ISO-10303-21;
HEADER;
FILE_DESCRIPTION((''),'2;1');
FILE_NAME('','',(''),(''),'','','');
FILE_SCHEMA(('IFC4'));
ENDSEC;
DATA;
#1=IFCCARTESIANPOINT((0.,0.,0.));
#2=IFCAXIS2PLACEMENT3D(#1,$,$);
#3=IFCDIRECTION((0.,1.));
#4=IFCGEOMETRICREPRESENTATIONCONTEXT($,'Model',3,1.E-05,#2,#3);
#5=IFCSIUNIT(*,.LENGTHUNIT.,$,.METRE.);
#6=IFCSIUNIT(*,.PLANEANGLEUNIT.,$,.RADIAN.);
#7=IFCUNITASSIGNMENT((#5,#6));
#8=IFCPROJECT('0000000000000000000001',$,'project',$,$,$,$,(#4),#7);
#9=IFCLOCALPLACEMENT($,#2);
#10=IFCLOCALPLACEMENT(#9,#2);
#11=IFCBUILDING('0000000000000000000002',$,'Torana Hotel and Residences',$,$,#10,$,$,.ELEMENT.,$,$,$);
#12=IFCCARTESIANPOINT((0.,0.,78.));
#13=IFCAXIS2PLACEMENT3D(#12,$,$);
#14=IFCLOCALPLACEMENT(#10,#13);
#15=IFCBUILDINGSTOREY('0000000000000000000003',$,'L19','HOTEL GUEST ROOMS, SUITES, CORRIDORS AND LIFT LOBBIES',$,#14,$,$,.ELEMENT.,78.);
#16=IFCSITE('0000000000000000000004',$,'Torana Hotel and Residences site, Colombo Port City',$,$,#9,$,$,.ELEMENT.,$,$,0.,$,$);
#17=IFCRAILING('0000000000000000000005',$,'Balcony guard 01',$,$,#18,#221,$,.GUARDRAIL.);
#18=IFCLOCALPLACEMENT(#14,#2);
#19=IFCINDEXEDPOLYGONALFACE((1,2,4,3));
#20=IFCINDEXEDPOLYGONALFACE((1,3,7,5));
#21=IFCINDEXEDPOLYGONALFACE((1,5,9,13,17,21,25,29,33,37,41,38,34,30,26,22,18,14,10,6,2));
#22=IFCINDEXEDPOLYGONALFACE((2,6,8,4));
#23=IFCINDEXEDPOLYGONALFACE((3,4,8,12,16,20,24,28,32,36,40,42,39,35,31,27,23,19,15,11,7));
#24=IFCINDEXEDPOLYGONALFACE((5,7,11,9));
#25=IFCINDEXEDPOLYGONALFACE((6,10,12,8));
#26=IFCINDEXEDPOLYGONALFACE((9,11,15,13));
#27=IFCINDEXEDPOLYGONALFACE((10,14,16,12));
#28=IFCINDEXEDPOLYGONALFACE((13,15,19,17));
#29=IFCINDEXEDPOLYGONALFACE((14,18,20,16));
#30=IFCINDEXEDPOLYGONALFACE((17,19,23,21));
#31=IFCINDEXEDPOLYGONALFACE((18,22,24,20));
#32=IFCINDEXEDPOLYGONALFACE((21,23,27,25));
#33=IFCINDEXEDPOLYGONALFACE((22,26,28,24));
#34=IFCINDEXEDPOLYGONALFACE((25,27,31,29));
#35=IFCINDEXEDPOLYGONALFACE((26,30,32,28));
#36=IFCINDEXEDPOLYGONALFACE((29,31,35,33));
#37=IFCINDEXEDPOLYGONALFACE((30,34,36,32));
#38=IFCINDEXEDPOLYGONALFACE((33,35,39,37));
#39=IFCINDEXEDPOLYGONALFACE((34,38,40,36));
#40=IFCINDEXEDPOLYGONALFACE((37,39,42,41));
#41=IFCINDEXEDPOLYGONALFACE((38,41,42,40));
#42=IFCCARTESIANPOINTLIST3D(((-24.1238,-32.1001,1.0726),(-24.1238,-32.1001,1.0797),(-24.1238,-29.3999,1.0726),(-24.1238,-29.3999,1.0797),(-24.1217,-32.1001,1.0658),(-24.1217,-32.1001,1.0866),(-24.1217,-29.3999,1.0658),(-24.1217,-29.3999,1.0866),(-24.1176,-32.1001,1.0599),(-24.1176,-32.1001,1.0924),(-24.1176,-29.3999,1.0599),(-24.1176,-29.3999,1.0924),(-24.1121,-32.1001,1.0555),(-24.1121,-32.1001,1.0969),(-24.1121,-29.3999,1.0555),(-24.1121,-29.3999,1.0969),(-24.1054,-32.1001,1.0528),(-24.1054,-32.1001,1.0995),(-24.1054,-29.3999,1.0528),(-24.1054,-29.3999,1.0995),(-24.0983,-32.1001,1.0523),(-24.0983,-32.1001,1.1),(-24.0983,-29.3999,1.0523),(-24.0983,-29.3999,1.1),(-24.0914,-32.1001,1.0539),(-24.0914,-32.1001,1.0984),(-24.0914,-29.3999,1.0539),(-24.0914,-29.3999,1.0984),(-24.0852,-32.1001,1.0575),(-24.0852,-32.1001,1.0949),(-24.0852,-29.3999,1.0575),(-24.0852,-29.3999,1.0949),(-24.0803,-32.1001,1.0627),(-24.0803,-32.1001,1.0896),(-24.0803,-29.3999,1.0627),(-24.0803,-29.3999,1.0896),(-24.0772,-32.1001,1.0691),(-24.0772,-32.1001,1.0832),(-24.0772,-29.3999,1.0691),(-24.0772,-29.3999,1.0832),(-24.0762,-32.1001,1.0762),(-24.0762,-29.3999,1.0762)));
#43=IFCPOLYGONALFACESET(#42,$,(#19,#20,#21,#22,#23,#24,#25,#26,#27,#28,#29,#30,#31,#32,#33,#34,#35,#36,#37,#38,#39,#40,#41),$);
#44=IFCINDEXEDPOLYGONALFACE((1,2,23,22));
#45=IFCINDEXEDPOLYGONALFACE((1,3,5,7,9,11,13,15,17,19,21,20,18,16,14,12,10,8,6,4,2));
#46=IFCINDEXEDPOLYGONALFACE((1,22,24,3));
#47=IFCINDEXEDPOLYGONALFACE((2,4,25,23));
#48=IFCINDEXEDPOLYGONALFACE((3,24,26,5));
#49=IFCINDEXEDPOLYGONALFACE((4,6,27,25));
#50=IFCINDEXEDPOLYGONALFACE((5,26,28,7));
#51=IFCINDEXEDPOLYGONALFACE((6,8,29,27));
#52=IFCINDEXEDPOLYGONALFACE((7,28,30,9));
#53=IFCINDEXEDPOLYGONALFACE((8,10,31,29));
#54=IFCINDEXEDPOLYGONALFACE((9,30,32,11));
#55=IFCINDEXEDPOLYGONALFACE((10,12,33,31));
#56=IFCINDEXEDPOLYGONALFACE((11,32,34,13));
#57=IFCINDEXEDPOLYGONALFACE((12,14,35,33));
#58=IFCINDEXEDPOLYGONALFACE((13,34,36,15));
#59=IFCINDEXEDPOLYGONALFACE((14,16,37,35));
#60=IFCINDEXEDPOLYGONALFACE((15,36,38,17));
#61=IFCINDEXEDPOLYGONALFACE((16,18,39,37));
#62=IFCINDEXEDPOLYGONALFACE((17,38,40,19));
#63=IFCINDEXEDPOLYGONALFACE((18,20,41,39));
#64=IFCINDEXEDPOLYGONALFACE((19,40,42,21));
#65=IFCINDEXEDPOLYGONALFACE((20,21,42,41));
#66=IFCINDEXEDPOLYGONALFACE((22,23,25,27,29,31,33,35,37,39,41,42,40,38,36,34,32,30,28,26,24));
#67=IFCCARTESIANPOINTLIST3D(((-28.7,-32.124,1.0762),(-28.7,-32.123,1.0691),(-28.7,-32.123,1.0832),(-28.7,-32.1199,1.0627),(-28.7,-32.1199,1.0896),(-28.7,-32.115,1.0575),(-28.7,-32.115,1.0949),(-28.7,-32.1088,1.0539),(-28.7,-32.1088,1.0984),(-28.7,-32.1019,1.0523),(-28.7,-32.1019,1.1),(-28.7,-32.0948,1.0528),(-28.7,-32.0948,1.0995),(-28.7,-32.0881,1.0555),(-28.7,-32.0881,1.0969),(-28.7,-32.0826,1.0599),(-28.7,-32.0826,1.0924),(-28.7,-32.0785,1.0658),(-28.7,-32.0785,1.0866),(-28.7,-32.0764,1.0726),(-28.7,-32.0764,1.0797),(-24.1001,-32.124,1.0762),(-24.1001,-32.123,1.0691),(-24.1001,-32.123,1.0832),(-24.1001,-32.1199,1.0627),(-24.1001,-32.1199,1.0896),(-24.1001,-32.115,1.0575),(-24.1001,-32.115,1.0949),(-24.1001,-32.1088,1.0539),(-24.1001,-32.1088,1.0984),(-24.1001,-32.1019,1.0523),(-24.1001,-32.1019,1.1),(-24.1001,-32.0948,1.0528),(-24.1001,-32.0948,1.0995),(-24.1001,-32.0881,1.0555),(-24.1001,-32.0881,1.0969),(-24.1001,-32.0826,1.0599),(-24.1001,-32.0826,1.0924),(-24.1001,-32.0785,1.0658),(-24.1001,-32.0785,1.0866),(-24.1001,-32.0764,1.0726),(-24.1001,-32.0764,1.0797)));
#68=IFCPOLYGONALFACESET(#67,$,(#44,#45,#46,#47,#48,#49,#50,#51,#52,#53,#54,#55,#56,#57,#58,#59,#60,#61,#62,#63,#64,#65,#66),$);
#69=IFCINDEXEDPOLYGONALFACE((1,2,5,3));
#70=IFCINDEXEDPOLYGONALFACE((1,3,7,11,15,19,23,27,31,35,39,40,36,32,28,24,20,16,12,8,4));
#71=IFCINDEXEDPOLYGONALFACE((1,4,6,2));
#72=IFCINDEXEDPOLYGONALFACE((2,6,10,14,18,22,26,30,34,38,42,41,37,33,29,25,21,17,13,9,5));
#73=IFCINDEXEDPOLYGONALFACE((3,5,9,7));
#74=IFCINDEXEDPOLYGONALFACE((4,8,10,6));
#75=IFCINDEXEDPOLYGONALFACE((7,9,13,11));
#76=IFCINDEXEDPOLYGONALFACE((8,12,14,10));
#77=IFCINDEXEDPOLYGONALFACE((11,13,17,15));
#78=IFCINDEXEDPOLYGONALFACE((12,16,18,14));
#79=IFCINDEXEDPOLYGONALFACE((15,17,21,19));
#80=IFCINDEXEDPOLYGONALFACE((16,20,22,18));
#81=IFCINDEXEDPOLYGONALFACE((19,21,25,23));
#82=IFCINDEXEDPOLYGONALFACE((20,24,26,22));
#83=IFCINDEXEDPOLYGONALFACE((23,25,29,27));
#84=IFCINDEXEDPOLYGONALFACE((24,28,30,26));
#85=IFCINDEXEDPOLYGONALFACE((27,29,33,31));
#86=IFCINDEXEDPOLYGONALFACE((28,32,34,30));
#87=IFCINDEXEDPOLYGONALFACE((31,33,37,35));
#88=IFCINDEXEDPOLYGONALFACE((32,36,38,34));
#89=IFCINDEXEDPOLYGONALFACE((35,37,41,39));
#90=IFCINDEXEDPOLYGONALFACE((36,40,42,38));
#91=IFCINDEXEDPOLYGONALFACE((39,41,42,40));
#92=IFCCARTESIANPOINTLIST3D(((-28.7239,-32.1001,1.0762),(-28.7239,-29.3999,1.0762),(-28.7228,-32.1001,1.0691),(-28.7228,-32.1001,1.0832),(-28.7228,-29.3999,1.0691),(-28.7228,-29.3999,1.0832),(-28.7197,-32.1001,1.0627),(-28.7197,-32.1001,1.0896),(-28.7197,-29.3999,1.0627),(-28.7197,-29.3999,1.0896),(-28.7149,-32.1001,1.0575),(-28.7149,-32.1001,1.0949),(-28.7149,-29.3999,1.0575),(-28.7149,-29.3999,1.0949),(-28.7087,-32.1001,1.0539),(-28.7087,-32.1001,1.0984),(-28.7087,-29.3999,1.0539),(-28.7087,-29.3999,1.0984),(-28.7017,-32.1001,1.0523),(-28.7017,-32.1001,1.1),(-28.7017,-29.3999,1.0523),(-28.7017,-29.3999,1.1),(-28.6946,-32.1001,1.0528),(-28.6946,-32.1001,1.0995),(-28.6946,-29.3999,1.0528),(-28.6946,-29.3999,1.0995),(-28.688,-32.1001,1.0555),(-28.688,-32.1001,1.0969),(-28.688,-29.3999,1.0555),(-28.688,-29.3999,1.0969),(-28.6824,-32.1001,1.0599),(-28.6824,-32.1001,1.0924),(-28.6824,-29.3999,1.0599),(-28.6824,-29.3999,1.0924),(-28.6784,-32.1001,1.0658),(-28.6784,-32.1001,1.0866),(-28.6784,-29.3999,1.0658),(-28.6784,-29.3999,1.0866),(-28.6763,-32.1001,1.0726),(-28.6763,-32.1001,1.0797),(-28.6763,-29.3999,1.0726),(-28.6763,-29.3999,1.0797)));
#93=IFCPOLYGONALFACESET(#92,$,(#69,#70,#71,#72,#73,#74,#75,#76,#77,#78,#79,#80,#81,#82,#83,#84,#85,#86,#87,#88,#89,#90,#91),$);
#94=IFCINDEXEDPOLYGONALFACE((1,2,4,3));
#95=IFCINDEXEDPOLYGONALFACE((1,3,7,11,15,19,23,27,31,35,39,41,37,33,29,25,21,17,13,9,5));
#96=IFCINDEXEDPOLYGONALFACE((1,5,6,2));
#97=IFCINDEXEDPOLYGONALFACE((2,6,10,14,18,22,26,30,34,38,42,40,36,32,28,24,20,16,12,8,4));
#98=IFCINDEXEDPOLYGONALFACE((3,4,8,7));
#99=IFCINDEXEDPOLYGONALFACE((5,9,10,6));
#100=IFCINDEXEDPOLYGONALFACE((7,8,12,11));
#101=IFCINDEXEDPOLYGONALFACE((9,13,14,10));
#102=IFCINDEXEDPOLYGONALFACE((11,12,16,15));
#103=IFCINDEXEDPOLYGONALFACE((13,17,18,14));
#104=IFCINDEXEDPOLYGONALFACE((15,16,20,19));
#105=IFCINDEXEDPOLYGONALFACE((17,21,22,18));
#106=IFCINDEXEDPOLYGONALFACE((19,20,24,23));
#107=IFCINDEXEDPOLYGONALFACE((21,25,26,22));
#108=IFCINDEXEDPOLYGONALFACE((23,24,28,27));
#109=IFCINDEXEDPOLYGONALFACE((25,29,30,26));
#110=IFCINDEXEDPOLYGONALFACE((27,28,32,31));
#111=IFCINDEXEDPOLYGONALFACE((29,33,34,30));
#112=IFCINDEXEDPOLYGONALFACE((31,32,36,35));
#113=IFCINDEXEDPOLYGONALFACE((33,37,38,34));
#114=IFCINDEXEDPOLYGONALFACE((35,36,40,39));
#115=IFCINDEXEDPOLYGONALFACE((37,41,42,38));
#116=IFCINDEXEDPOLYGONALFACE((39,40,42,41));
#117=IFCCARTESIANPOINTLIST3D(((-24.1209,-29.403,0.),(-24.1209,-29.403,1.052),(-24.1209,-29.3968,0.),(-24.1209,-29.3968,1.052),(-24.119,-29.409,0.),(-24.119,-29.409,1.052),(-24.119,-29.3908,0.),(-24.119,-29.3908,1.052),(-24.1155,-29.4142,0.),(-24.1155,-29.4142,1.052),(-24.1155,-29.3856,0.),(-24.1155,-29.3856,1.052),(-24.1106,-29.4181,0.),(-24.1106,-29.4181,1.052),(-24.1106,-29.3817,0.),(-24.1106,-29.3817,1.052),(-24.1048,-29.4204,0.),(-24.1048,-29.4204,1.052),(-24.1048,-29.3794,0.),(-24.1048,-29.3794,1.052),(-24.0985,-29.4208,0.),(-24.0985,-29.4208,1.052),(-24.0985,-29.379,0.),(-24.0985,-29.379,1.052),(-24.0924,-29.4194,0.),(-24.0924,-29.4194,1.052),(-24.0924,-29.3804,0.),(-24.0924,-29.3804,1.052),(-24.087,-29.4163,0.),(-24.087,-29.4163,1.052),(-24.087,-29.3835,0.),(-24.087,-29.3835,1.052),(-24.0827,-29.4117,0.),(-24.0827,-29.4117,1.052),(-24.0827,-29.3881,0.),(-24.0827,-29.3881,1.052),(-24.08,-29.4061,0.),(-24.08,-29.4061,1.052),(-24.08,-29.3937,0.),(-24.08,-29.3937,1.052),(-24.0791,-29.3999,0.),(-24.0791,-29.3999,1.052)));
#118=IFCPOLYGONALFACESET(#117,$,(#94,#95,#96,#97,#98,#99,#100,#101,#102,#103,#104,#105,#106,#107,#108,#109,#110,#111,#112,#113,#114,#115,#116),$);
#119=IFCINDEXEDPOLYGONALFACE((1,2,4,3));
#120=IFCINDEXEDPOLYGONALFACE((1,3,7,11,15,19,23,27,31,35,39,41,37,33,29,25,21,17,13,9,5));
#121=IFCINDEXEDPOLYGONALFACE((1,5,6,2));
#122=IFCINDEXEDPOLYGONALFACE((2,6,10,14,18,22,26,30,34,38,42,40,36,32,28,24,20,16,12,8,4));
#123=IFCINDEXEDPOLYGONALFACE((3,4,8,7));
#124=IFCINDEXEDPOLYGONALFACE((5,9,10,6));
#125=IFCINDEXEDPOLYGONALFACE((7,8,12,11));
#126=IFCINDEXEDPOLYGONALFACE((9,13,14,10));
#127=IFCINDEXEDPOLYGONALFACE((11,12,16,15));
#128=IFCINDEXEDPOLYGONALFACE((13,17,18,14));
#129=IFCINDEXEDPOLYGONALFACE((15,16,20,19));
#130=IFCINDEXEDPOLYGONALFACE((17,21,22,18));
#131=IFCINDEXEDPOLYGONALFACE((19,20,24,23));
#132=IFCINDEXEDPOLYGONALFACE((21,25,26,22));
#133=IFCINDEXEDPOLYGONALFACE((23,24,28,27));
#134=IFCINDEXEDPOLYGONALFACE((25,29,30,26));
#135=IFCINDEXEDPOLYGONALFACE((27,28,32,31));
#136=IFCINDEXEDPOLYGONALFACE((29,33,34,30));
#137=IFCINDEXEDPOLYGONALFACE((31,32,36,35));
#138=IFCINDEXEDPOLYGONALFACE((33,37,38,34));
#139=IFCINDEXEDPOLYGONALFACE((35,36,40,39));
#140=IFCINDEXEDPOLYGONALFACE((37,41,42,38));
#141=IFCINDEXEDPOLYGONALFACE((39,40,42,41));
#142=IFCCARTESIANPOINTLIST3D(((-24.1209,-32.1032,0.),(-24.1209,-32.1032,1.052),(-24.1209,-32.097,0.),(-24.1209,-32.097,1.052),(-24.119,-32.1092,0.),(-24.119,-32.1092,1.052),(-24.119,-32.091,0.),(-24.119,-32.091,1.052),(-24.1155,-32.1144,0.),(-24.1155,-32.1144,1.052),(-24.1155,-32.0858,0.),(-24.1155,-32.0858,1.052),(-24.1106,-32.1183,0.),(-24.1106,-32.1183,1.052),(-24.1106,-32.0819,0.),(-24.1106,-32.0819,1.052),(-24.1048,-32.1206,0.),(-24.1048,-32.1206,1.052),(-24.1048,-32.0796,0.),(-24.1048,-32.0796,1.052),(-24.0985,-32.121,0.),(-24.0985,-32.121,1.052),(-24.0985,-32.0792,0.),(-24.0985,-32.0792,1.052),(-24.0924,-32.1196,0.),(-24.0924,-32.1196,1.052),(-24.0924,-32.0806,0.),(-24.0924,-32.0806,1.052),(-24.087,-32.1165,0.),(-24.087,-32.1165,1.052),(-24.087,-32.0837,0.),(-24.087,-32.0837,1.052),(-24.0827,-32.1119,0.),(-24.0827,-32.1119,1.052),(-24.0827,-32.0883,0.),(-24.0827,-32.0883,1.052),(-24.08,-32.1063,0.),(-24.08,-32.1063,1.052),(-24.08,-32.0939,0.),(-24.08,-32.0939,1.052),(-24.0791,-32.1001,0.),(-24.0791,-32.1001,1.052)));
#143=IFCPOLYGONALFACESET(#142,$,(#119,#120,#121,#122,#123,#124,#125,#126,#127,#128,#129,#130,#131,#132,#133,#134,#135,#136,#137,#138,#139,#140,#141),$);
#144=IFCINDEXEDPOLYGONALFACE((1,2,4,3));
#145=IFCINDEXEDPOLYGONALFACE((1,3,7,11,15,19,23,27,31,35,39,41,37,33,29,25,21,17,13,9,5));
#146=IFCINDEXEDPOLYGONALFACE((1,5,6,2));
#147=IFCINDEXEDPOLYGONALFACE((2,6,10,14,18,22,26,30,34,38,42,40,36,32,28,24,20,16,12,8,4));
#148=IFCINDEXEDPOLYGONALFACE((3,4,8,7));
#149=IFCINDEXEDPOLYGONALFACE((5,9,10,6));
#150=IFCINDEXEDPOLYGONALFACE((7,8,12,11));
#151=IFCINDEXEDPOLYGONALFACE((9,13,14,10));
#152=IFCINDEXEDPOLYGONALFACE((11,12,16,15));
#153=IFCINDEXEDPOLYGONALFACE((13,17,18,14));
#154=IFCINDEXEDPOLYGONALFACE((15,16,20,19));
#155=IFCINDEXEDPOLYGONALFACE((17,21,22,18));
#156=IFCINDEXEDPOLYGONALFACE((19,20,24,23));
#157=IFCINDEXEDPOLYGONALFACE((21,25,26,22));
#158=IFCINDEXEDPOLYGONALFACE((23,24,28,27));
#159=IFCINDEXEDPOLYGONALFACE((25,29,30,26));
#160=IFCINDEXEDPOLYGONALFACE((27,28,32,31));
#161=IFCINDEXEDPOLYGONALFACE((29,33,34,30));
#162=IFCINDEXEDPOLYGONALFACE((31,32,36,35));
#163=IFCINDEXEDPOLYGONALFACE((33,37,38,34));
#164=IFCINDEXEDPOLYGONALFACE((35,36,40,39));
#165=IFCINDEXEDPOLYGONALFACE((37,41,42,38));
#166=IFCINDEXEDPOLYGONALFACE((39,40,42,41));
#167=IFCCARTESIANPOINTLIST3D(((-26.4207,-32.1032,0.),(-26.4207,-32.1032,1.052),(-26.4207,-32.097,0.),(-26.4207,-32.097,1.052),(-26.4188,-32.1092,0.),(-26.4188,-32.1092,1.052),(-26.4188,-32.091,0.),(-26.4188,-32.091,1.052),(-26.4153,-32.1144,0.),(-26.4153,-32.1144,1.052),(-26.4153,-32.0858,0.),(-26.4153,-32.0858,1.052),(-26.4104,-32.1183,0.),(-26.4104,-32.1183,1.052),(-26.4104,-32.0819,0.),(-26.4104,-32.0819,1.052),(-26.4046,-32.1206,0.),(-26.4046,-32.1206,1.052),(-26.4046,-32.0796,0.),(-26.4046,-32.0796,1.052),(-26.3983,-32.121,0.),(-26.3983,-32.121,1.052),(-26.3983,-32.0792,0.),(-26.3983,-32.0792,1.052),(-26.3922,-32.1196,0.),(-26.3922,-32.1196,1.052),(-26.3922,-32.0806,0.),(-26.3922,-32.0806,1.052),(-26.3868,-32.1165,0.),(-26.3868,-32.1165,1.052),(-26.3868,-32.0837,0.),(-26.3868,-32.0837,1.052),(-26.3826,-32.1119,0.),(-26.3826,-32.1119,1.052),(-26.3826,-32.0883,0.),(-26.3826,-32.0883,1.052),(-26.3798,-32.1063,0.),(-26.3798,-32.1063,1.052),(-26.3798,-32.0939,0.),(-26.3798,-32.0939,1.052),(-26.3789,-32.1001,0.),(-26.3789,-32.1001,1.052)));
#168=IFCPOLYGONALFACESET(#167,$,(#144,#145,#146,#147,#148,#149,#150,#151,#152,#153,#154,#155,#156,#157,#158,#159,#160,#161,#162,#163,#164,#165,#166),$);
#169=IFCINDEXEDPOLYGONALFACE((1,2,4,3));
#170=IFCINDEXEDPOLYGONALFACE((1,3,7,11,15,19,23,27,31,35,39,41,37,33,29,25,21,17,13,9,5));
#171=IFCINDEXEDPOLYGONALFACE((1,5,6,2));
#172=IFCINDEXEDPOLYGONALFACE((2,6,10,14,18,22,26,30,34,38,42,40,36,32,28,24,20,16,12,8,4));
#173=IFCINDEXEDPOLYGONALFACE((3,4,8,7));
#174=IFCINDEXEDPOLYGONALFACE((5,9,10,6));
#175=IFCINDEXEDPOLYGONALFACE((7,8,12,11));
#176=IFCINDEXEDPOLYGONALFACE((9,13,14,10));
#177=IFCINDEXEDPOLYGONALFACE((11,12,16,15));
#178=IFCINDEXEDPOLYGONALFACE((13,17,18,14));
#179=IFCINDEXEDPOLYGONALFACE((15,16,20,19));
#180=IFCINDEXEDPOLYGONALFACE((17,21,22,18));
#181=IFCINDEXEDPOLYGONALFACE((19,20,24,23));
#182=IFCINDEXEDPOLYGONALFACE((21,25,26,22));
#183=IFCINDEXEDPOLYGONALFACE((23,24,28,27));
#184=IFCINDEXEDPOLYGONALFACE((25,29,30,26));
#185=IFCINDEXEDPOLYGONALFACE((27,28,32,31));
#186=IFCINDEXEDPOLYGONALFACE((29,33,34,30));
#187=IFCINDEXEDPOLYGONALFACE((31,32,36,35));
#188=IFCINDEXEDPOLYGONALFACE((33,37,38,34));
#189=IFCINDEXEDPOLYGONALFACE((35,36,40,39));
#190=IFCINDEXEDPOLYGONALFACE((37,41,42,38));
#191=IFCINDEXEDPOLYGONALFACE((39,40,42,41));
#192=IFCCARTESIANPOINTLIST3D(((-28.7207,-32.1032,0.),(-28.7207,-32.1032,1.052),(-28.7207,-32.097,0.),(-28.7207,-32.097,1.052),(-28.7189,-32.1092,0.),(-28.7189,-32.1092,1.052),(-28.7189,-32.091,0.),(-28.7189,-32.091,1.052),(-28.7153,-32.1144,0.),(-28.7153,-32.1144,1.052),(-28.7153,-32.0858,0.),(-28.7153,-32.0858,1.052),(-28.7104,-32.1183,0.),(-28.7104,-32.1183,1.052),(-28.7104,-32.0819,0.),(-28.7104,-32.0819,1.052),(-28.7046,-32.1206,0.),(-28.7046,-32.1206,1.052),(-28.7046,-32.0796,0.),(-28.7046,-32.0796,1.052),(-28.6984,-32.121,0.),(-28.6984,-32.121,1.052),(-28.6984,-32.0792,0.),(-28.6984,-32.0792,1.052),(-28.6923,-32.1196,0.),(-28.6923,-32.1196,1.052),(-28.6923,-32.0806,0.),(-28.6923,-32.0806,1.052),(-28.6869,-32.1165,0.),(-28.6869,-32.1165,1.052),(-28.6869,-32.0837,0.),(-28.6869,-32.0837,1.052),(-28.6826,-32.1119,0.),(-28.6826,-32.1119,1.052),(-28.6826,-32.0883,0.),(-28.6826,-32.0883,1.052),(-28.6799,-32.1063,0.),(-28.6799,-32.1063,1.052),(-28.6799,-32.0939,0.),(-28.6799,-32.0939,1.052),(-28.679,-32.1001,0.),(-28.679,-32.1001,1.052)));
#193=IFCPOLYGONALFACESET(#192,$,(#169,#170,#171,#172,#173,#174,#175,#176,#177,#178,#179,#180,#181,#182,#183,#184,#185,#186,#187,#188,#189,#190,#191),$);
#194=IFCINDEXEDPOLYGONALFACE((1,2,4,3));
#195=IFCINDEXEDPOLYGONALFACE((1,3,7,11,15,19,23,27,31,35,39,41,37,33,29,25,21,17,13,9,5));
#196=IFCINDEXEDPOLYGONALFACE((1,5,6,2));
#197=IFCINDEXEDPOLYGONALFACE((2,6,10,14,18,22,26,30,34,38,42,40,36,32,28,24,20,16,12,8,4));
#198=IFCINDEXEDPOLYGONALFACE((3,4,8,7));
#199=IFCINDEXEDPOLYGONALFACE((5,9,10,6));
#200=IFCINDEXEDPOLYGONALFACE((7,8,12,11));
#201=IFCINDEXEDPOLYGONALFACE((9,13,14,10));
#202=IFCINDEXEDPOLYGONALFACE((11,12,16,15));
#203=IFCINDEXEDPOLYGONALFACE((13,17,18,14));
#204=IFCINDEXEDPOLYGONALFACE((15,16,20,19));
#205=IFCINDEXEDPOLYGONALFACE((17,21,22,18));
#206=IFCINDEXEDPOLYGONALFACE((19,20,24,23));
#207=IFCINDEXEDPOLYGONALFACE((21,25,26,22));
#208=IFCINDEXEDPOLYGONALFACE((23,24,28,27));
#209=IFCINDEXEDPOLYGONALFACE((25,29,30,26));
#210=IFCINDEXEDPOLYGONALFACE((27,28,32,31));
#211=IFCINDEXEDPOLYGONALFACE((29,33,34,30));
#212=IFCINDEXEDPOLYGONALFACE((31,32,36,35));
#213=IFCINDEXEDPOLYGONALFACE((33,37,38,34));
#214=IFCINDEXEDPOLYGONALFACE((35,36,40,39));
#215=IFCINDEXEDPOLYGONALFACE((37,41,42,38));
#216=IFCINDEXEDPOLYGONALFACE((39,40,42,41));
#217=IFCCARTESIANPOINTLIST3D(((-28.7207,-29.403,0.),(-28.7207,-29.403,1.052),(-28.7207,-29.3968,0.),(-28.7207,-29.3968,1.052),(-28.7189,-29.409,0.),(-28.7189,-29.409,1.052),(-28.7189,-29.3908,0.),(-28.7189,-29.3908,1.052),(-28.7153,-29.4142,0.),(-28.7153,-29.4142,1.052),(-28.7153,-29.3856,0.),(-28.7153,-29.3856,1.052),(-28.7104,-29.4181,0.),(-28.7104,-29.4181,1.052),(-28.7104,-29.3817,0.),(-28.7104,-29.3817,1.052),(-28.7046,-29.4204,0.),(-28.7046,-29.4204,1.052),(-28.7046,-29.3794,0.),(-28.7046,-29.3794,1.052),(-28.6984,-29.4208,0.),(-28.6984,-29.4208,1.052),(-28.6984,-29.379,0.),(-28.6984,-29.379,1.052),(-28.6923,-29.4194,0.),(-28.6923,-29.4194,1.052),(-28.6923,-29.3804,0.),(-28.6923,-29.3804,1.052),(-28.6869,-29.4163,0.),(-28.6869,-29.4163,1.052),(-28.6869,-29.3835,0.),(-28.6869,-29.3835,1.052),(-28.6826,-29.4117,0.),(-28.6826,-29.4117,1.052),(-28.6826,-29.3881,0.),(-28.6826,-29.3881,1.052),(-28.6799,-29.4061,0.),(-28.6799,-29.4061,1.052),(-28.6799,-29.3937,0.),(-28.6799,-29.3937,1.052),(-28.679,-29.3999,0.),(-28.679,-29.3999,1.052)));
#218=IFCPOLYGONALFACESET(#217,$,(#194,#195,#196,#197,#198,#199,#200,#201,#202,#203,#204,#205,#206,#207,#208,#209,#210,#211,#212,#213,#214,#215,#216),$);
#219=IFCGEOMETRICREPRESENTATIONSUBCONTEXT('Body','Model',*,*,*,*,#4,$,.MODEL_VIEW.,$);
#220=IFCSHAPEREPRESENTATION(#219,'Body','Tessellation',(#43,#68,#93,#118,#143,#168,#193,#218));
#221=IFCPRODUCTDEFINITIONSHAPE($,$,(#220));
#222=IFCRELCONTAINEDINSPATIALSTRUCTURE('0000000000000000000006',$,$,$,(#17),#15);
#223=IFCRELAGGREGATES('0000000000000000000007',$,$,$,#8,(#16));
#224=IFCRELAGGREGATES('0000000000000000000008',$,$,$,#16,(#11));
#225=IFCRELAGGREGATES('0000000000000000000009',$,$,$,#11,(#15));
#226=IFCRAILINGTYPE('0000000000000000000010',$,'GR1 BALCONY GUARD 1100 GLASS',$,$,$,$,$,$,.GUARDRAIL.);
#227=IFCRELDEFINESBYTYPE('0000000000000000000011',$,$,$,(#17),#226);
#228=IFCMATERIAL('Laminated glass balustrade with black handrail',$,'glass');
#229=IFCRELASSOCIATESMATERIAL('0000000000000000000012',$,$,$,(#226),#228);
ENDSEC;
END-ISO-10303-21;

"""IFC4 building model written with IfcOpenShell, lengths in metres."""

from ifc_helpers import new_model, si_unit, direction, frame, origin, origin_2d, place, context, subcontext, project, spatial, circle, extrude, material, type_object, element, save


model = new_model("IFC4")

# Units and contexts
model_context = context("Model", 3, precision=1e-05, world=origin(), true_north=direction((0.0, 1.0)))
body_context = subcontext(model_context, "Body", "Model", "MODEL_VIEW")
ifc_project = project(units=[si_unit("LENGTHUNIT", "METRE"), si_unit("PLANEANGLEUNIT", "RADIAN")], contexts=[model_context])

# Site, building, storey
site_placement = place(None, origin())
site = spatial("IfcSite", under=ifc_project, at=site_placement, Name="Torana Hotel and Residences site, Colombo Port City", CompositionType="ELEMENT", RefElevation=0.0)
building_placement = place(site_placement, origin())
building = spatial("IfcBuilding", under=site, at=building_placement, Name="Torana Hotel and Residences", CompositionType="ELEMENT")
storey_placement = place(building_placement, frame((0.0, 0.0, 78.0)))
storey = spatial("IfcBuildingStorey", under=building, at=storey_placement, Name="L19", Description="HOTEL GUEST ROOMS, SUITES, CORRIDORS AND LIFT LOBBIES", CompositionType="ELEMENT", Elevation=78.0)

# Railing
ifc_material_1 = material(Name="Laminated glass balustrade with black handrail", Category="glass")
railing_type = type_object("IfcRailingType", Name="GR1 BALCONY GUARD 1100 GLASS", PredefinedType="GUARDRAIL", material=ifc_material_1)
railing_placement = place(storey_placement, frame((-24.1001, -29.3999, 0.0)))
element("IfcRailing", 1, at=railing_placement, inside=storey, type_object=railing_type, Name="Balcony guard 01", PredefinedType="GUARDRAIL", context=body_context, shape_type="SweptSolid", body=[
    extrude(circle(Radius=0.0239, at=origin_2d()), frame((0.0, 0.0, 1.0762), z_axis=(0.0, -1.0, 0.0), x_axis=(1.0, 0.0, 0.0)), (0.0, 0.0, 1.0), 2.7002),
    extrude(circle(Radius=0.0239, at=origin_2d()), frame((0.0, -2.7002, 1.0762), z_axis=(-1.0, 0.0, 0.0), x_axis=(0.0, -1.0, 0.0)), (0.0, 0.0, 1.0), 4.5999),
    extrude(circle(Radius=0.0239, at=origin_2d()), frame((-4.5999, -2.7002, 1.0762), z_axis=(0.0, 1.0, 0.0), x_axis=(-1.0, 0.0, 0.0)), (0.0, 0.0, 1.0), 2.7002),
    extrude(circle(Radius=0.021, at=origin_2d()), origin(), (0.0, 0.0, 1.0), 1.052),
    extrude(circle(Radius=0.021, at=origin_2d()), frame((0.0, -2.7002, 0.0)), (0.0, 0.0, 1.0), 1.052),
    extrude(circle(Radius=0.021, at=origin_2d()), frame((-2.2998, -2.7002, 0.0)), (0.0, 0.0, 1.0), 1.052),
    extrude(circle(Radius=0.021, at=origin_2d()), frame((-4.5999, -2.7002, 0.0)), (0.0, 0.0, 1.0), 1.052),
    extrude(circle(Radius=0.021, at=origin_2d()), frame((-4.5999, 0.0, 0.0)), (0.0, 0.0, 1.0), 1.052),
])

save(model, "model.ifc")
